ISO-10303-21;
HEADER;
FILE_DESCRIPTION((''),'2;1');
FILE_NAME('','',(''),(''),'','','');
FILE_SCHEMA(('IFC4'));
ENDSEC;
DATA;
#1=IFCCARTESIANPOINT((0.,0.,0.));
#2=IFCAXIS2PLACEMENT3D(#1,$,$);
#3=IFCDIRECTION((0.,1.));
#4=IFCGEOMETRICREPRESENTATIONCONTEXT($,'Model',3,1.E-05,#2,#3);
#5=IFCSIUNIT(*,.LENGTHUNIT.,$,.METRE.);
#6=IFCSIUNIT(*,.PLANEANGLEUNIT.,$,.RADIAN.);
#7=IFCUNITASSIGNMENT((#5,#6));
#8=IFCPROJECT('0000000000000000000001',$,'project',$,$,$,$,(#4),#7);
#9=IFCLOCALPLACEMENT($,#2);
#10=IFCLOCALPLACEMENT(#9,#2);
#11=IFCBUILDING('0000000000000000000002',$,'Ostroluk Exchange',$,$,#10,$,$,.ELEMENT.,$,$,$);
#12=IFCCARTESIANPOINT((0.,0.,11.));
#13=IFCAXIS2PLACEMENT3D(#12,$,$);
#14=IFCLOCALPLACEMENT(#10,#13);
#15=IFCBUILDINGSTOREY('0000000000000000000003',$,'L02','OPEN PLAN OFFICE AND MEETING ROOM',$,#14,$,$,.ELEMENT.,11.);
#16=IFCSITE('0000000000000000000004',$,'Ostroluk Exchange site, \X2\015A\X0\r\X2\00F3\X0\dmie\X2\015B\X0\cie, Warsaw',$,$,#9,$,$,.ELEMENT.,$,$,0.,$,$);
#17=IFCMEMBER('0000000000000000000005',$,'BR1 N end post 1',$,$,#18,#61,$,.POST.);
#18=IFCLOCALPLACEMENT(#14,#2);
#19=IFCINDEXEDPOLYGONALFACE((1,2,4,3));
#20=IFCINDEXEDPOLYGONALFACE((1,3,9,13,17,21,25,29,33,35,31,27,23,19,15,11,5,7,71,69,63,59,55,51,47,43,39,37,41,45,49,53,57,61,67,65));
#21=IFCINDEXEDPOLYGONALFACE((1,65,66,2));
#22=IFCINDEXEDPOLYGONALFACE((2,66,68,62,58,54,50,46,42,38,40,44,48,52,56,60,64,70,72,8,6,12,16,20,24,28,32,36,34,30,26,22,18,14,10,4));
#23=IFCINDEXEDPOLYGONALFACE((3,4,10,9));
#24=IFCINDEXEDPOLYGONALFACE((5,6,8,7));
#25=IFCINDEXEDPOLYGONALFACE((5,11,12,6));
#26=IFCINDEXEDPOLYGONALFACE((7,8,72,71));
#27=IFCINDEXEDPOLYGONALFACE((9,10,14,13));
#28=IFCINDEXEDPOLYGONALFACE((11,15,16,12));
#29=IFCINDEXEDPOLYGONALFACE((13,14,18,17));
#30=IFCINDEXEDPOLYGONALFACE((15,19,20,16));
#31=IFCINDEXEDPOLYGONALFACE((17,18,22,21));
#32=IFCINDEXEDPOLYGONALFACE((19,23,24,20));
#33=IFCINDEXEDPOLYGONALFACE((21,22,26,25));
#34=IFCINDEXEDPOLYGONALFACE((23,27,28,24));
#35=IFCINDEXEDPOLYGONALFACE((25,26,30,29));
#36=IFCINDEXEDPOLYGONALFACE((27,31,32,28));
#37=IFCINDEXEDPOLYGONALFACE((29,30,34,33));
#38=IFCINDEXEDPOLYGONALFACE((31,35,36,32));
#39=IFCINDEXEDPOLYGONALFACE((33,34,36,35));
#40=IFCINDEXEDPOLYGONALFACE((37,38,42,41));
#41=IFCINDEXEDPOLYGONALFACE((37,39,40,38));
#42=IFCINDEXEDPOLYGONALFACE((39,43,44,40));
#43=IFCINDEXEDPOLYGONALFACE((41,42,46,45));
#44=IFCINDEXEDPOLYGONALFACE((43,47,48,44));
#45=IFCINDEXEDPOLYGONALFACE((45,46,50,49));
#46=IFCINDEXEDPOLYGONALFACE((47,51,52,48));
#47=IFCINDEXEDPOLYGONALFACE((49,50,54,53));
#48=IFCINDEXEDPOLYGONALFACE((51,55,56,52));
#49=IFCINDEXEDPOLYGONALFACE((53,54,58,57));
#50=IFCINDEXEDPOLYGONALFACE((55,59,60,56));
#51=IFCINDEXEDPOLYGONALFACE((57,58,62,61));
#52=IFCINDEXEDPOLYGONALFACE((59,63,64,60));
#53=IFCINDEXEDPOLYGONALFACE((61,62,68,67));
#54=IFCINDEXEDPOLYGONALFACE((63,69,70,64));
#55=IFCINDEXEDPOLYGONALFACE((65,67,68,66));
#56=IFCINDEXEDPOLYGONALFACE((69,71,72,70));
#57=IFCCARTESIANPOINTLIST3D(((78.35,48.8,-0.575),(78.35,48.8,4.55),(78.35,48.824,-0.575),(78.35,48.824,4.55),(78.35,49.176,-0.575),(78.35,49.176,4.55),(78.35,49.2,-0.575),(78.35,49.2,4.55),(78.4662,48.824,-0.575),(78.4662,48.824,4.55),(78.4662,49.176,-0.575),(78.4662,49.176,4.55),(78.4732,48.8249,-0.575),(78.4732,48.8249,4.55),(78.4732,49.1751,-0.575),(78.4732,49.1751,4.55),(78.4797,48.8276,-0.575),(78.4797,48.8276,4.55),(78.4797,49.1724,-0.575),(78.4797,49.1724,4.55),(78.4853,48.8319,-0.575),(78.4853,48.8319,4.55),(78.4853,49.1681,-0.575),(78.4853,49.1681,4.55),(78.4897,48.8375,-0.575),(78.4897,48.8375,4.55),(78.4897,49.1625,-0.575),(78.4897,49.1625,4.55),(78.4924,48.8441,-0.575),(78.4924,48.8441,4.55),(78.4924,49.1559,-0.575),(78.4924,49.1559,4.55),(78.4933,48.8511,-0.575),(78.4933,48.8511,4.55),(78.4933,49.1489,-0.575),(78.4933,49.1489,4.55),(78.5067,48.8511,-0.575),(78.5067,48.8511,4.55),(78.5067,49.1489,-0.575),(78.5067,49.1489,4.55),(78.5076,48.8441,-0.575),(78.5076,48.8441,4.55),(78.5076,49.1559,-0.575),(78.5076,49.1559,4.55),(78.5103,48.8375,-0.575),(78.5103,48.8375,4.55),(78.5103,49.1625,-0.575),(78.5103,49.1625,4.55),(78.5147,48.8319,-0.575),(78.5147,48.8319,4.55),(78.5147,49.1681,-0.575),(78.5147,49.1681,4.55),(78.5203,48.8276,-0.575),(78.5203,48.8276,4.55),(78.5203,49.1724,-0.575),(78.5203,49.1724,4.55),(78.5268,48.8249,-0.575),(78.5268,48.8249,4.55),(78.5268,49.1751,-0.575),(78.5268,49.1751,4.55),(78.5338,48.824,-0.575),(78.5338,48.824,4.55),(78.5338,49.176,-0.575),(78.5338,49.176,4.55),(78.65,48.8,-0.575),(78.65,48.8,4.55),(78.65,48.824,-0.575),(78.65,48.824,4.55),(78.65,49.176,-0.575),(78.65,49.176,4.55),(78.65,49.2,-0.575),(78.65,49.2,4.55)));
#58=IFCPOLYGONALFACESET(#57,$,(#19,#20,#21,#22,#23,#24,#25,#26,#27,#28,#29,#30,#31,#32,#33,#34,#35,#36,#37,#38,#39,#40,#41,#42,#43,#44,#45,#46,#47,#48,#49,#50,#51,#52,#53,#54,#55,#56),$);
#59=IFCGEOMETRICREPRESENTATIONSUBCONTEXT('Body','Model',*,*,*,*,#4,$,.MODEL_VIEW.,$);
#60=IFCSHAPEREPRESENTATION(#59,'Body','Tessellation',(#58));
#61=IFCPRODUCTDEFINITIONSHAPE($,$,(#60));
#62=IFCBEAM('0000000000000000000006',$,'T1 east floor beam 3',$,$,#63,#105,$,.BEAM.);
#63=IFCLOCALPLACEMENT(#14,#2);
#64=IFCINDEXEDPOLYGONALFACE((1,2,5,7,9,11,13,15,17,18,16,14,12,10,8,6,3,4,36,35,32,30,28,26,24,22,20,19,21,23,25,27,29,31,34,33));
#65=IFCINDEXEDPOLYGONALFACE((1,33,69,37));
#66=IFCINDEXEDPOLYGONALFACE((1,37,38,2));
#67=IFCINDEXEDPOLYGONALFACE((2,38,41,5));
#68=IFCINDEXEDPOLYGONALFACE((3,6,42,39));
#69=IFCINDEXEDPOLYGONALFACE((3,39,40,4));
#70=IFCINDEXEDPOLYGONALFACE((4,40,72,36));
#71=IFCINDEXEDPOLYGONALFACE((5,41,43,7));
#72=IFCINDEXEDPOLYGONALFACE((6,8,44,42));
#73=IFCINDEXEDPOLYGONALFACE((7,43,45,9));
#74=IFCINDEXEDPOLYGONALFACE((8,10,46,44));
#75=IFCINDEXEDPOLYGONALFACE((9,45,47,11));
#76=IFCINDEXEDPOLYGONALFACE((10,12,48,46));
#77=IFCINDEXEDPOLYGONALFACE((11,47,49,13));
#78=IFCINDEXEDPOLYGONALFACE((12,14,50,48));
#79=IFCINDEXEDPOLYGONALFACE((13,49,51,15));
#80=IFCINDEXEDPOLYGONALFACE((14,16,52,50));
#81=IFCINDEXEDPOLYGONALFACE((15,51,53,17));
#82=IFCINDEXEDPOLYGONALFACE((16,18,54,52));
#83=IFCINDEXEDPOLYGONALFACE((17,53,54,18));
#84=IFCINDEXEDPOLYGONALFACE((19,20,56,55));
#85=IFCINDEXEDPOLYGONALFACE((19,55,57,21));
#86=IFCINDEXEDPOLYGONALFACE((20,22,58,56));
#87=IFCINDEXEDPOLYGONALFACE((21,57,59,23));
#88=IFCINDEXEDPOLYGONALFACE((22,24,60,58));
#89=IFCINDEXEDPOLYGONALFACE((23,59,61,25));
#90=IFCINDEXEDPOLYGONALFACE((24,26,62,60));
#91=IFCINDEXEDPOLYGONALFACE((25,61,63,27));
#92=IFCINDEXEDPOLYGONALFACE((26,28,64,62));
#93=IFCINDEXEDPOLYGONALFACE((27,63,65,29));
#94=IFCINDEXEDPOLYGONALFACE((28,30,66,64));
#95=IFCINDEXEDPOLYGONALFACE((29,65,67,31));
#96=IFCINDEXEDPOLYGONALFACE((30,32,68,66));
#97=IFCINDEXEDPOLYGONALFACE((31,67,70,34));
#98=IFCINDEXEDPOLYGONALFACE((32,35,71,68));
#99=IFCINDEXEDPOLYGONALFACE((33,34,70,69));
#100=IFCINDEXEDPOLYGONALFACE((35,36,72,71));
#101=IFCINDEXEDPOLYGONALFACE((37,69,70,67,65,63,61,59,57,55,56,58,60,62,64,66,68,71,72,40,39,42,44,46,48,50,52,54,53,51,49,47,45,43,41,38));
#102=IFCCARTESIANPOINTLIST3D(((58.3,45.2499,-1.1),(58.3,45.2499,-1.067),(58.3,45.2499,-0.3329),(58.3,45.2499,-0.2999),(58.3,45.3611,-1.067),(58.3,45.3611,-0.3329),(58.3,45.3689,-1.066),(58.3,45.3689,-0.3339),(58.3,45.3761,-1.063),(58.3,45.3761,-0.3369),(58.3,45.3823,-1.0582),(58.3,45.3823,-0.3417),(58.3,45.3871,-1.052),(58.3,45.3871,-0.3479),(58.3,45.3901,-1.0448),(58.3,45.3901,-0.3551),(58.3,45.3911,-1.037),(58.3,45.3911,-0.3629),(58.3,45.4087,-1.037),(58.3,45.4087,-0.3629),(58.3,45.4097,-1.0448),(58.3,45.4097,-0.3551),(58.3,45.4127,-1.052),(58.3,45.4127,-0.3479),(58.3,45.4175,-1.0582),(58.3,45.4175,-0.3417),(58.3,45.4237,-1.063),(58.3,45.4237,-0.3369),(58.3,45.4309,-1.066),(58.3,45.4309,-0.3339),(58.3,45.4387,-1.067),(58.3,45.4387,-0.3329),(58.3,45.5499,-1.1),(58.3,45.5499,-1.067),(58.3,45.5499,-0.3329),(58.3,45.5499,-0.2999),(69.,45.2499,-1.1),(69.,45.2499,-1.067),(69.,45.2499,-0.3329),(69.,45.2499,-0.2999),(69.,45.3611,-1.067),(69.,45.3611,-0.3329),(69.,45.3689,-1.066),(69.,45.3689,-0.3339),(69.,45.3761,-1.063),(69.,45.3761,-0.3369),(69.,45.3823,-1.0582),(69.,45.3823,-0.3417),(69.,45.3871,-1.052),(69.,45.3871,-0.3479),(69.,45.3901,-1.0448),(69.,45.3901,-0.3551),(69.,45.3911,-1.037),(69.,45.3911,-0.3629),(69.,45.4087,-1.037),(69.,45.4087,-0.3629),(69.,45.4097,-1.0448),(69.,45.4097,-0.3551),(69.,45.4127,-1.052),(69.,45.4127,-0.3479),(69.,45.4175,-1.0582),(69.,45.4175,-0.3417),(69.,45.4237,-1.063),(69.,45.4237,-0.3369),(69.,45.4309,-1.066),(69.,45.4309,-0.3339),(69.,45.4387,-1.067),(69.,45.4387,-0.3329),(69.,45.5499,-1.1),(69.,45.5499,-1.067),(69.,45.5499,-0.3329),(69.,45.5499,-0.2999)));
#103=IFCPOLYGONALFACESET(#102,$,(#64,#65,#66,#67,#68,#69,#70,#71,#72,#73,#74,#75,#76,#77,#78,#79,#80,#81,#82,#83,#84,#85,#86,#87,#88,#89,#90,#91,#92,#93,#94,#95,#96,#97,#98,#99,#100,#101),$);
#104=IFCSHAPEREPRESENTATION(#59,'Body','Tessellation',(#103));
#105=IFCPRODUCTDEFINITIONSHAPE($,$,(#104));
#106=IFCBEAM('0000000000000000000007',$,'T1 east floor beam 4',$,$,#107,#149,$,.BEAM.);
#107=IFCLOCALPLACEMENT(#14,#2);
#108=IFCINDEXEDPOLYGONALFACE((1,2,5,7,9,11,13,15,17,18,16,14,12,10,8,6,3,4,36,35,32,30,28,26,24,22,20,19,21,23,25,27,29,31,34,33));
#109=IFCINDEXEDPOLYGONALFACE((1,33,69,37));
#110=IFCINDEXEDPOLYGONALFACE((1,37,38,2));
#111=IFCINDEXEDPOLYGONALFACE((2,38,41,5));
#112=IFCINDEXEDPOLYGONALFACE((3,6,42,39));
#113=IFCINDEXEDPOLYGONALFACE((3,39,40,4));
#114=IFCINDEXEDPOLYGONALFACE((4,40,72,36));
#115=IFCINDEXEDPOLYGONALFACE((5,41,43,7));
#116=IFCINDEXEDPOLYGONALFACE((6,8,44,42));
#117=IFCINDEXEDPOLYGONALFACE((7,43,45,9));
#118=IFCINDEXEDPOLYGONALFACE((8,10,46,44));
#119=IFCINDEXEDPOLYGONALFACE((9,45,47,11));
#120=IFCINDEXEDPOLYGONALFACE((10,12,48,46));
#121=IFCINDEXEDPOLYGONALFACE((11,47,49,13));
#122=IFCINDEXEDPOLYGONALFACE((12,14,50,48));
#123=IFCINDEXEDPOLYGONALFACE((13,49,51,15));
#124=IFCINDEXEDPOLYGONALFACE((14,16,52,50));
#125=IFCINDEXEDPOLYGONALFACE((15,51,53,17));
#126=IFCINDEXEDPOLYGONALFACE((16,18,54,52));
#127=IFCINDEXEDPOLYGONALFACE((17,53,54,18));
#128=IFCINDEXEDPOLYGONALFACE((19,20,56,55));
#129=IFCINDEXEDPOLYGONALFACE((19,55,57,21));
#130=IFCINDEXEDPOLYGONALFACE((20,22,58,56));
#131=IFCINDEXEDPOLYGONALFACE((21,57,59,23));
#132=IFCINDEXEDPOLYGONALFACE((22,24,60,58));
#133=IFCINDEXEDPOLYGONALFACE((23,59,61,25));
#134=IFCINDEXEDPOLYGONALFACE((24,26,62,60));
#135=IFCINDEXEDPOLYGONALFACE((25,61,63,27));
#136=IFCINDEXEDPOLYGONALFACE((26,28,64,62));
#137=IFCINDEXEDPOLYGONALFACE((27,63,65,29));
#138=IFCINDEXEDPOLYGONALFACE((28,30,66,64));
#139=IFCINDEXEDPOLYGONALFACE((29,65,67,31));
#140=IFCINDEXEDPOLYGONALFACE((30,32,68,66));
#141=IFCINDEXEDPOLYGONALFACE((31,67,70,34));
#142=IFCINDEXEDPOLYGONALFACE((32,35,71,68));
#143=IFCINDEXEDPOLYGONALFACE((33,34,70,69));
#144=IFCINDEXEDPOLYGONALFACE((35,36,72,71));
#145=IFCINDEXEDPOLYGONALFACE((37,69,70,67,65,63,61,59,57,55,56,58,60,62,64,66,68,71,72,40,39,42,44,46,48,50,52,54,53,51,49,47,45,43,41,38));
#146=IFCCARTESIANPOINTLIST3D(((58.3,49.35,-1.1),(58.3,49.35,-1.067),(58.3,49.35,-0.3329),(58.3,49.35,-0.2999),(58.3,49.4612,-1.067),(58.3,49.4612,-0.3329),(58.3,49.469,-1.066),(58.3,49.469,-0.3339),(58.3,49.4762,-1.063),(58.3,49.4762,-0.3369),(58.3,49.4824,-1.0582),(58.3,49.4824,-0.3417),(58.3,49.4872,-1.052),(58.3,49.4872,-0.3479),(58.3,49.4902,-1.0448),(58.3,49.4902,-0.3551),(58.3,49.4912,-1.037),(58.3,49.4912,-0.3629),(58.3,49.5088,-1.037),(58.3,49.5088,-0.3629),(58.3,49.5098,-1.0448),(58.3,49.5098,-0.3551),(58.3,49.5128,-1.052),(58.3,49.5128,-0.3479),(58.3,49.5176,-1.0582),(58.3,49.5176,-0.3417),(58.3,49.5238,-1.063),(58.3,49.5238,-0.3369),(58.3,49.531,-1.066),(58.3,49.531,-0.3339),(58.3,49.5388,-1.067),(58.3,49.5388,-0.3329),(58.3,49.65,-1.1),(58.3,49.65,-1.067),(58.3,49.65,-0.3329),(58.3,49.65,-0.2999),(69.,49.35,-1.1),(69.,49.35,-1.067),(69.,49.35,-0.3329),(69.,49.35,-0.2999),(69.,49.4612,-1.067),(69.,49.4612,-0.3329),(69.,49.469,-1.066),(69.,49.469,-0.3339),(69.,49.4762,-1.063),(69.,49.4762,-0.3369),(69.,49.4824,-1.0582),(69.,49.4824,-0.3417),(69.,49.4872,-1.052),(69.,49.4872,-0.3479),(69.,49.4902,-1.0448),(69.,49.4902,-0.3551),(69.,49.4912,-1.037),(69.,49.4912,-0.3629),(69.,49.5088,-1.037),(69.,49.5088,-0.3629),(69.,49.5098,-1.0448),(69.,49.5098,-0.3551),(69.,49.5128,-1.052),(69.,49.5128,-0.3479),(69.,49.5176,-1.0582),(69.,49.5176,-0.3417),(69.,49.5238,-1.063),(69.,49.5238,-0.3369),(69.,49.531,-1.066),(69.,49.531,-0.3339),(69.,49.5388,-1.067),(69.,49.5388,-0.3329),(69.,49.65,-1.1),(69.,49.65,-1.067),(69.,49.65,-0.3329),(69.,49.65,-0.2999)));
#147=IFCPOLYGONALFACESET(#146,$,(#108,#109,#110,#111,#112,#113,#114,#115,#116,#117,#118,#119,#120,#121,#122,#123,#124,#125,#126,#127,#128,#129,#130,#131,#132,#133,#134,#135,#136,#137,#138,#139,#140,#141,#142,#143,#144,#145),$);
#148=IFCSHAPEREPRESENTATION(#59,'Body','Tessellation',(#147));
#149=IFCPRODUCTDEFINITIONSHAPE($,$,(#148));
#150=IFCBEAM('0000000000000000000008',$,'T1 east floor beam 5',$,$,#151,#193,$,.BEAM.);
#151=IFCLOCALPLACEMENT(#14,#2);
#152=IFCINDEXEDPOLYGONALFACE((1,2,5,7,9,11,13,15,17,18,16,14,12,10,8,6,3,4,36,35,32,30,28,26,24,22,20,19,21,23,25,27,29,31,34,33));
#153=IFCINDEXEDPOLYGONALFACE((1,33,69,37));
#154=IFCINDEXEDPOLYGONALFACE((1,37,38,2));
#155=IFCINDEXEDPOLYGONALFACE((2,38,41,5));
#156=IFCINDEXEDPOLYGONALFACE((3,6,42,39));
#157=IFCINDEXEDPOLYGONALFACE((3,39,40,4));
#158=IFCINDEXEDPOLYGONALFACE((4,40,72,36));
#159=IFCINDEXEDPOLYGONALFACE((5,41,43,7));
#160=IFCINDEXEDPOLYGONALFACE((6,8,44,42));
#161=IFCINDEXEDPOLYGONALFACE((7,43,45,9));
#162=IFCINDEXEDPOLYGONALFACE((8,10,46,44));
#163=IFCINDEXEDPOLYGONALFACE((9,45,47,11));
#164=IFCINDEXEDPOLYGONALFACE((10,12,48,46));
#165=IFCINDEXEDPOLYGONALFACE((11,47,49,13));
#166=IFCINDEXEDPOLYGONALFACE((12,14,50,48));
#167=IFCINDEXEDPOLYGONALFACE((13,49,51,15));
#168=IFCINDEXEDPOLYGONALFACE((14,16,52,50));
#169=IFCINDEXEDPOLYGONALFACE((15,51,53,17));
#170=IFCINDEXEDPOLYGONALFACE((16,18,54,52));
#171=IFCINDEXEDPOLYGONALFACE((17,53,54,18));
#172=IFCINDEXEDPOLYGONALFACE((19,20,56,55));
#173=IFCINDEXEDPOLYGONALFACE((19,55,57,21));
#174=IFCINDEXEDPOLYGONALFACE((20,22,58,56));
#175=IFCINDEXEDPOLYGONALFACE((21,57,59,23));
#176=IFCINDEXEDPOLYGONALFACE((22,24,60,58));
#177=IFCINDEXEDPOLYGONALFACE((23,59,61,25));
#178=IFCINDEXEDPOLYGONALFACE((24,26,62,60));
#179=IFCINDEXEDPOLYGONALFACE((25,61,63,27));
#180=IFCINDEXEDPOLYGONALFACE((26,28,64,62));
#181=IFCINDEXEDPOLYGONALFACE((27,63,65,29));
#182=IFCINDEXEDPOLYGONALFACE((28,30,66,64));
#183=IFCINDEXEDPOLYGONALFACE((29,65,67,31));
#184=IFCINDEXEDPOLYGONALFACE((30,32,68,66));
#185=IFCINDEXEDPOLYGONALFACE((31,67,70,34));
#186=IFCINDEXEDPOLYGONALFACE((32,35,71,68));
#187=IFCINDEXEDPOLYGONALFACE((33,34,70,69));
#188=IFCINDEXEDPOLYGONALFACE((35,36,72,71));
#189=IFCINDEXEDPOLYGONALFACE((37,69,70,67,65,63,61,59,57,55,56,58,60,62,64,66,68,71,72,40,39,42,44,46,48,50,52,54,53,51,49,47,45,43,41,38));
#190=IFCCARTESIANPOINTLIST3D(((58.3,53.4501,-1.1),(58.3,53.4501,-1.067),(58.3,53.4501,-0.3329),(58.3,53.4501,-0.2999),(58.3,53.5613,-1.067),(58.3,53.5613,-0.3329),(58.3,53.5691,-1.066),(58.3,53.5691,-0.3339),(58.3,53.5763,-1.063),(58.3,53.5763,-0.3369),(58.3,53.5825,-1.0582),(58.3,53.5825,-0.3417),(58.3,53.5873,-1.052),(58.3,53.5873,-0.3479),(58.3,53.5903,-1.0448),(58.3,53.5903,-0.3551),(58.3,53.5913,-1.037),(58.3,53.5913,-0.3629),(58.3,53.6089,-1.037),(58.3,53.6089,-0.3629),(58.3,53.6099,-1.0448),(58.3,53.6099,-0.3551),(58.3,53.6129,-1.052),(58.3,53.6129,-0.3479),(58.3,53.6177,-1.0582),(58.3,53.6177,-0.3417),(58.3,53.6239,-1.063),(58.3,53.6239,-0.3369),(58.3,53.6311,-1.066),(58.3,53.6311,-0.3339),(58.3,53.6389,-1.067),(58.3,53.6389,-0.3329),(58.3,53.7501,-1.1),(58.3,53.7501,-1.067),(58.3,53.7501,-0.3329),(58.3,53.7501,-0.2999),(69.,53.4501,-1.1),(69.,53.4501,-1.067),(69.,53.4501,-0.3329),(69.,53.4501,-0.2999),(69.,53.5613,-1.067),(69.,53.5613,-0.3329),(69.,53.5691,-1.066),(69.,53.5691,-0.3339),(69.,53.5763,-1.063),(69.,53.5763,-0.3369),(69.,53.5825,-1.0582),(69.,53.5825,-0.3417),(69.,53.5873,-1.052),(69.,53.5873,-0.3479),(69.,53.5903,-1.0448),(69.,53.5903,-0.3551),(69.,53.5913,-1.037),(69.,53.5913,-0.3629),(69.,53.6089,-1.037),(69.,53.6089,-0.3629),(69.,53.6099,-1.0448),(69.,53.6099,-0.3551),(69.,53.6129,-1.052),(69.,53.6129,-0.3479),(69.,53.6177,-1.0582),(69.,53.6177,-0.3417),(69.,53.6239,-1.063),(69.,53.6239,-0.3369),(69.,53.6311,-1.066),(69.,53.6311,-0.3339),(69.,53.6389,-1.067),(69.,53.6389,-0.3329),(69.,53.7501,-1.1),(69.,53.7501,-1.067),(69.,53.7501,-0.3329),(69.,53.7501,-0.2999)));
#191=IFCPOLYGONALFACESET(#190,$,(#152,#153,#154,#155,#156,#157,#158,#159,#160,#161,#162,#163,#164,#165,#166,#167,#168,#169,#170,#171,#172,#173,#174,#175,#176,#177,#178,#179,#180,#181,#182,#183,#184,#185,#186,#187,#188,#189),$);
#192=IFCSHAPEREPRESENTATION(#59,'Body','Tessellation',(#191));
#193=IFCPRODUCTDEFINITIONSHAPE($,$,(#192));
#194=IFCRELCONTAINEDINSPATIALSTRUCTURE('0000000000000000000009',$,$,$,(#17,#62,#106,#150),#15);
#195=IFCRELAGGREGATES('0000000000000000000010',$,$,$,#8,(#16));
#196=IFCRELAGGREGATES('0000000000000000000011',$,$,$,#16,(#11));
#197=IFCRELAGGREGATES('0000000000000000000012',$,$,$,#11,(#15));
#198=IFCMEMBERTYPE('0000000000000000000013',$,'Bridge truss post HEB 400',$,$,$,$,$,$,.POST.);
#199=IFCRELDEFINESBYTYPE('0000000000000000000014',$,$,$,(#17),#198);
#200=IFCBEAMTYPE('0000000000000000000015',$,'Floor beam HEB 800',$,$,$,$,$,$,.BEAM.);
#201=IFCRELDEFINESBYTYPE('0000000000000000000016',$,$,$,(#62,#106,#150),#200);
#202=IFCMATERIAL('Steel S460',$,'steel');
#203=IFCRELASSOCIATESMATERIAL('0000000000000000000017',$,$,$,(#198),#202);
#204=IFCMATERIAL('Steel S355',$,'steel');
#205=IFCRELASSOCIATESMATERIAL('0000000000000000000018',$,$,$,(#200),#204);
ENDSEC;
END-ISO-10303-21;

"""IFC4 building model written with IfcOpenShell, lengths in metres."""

from ifc_helpers import new_model, si_unit, direction, frame, origin, origin_2d, place, context, subcontext, project, spatial, i_section, extrude, material, material_profile, profile_set, type_object, element, save


model = new_model("IFC4")

# Units and contexts
model_context = context("Model", 3, precision=1e-05, world=origin(), true_north=direction((0.0, 1.0)))
body_context = subcontext(model_context, "Body", "Model", "MODEL_VIEW")
ifc_project = project(units=[si_unit("LENGTHUNIT", "METRE"), si_unit("PLANEANGLEUNIT", "RADIAN")], contexts=[model_context])

# Site, building, storey
site_placement = place(None, origin())
site = spatial("IfcSite", under=ifc_project, at=site_placement, Name="Ostroluk Exchange site, Śródmieście, Warsaw", CompositionType="ELEMENT", RefElevation=0.0)
building_placement = place(site_placement, origin())
building = spatial("IfcBuilding", under=site, at=building_placement, Name="Ostroluk Exchange", CompositionType="ELEMENT")
storey_placement = place(building_placement, frame((0.0, 0.0, 11.0)))
storey = spatial("IfcBuildingStorey", under=building, at=storey_placement, Name="L02", Description="OPEN PLAN OFFICE AND MEETING ROOM", CompositionType="ELEMENT", Elevation=11.0)

# Member
ifc_material_1 = material(Name="Steel S460", Category="steel")
ifc_material_profile_1 = material_profile(ifc_material_1, i_section(OverallWidth=0.3, OverallDepth=0.3999, WebThickness=0.0134, FlangeThickness=0.0239, FilletRadius=0.0271, at=origin_2d()), Name="HEB 400")
ifc_profile_set_1 = profile_set([ifc_material_profile_1], Name="Steel S460")
member_type_1 = type_object("IfcMemberType", Name="Bridge truss post HEB 400", PredefinedType="POST", material=ifc_profile_set_1)
member_1_placement = place(storey_placement, frame((78.5, 49.0, -0.575), z_axis=(0.0, 0.0, 1.0), x_axis=(1.0, 0.0, 0.0)))
element("IfcMember", 1, at=member_1_placement, inside=storey, type_object=member_type_1, Name="BR1 N end post 1", PredefinedType="POST", context=body_context, shape_type="SweptSolid", body=[
    extrude(i_section(OverallWidth=0.3, OverallDepth=0.3999, WebThickness=0.0134, FlangeThickness=0.0239, FilletRadius=0.0271, at=origin_2d()), origin(), (0.0, 0.0, 1.0), 5.125),
])

# Beams
ifc_material_2 = material(Name="Steel S355", Category="steel")
ifc_material_profile_2 = material_profile(ifc_material_2, i_section(OverallWidth=0.3, OverallDepth=0.8, WebThickness=0.0176, FlangeThickness=0.033, FilletRadius=0.03, at=origin_2d()), Name="HEB 800")
ifc_profile_set_2 = profile_set([ifc_material_profile_2], Name="Steel S355")
beam_type_1 = type_object("IfcBeamType", Name="Floor beam HEB 800", PredefinedType="BEAM", material=ifc_profile_set_2)
for number, where, z_axis, x_axis, name in (
    (2, (58.3, 45.3999, -0.7), (1.0, 0.0, 0.0), (0.0, 1.0, 0.0), "T1 east floor beam 3"),
    (3, (58.3, 49.5, -0.7), (1.0, 0.0, 0.0), (0.0, 1.0, 0.0), "T1 east floor beam 4"),
    (4, (58.3, 53.6001, -0.7), (1.0, 0.0, 0.0), (0.0, 1.0, 0.0), "T1 east floor beam 5"),
):
    element("IfcBeam", number, at=place(storey_placement, frame(where, z_axis=z_axis, x_axis=x_axis)), inside=storey, type_object=beam_type_1, Name=name, PredefinedType="BEAM", context=body_context, shape_type="SweptSolid", body=[
        extrude(i_section(OverallWidth=0.3, OverallDepth=0.8, WebThickness=0.0176, FlangeThickness=0.033, FilletRadius=0.03, at=origin_2d()), origin(), (0.0, 0.0, 1.0), 10.7),
    ])

save(model, "model.ifc")
